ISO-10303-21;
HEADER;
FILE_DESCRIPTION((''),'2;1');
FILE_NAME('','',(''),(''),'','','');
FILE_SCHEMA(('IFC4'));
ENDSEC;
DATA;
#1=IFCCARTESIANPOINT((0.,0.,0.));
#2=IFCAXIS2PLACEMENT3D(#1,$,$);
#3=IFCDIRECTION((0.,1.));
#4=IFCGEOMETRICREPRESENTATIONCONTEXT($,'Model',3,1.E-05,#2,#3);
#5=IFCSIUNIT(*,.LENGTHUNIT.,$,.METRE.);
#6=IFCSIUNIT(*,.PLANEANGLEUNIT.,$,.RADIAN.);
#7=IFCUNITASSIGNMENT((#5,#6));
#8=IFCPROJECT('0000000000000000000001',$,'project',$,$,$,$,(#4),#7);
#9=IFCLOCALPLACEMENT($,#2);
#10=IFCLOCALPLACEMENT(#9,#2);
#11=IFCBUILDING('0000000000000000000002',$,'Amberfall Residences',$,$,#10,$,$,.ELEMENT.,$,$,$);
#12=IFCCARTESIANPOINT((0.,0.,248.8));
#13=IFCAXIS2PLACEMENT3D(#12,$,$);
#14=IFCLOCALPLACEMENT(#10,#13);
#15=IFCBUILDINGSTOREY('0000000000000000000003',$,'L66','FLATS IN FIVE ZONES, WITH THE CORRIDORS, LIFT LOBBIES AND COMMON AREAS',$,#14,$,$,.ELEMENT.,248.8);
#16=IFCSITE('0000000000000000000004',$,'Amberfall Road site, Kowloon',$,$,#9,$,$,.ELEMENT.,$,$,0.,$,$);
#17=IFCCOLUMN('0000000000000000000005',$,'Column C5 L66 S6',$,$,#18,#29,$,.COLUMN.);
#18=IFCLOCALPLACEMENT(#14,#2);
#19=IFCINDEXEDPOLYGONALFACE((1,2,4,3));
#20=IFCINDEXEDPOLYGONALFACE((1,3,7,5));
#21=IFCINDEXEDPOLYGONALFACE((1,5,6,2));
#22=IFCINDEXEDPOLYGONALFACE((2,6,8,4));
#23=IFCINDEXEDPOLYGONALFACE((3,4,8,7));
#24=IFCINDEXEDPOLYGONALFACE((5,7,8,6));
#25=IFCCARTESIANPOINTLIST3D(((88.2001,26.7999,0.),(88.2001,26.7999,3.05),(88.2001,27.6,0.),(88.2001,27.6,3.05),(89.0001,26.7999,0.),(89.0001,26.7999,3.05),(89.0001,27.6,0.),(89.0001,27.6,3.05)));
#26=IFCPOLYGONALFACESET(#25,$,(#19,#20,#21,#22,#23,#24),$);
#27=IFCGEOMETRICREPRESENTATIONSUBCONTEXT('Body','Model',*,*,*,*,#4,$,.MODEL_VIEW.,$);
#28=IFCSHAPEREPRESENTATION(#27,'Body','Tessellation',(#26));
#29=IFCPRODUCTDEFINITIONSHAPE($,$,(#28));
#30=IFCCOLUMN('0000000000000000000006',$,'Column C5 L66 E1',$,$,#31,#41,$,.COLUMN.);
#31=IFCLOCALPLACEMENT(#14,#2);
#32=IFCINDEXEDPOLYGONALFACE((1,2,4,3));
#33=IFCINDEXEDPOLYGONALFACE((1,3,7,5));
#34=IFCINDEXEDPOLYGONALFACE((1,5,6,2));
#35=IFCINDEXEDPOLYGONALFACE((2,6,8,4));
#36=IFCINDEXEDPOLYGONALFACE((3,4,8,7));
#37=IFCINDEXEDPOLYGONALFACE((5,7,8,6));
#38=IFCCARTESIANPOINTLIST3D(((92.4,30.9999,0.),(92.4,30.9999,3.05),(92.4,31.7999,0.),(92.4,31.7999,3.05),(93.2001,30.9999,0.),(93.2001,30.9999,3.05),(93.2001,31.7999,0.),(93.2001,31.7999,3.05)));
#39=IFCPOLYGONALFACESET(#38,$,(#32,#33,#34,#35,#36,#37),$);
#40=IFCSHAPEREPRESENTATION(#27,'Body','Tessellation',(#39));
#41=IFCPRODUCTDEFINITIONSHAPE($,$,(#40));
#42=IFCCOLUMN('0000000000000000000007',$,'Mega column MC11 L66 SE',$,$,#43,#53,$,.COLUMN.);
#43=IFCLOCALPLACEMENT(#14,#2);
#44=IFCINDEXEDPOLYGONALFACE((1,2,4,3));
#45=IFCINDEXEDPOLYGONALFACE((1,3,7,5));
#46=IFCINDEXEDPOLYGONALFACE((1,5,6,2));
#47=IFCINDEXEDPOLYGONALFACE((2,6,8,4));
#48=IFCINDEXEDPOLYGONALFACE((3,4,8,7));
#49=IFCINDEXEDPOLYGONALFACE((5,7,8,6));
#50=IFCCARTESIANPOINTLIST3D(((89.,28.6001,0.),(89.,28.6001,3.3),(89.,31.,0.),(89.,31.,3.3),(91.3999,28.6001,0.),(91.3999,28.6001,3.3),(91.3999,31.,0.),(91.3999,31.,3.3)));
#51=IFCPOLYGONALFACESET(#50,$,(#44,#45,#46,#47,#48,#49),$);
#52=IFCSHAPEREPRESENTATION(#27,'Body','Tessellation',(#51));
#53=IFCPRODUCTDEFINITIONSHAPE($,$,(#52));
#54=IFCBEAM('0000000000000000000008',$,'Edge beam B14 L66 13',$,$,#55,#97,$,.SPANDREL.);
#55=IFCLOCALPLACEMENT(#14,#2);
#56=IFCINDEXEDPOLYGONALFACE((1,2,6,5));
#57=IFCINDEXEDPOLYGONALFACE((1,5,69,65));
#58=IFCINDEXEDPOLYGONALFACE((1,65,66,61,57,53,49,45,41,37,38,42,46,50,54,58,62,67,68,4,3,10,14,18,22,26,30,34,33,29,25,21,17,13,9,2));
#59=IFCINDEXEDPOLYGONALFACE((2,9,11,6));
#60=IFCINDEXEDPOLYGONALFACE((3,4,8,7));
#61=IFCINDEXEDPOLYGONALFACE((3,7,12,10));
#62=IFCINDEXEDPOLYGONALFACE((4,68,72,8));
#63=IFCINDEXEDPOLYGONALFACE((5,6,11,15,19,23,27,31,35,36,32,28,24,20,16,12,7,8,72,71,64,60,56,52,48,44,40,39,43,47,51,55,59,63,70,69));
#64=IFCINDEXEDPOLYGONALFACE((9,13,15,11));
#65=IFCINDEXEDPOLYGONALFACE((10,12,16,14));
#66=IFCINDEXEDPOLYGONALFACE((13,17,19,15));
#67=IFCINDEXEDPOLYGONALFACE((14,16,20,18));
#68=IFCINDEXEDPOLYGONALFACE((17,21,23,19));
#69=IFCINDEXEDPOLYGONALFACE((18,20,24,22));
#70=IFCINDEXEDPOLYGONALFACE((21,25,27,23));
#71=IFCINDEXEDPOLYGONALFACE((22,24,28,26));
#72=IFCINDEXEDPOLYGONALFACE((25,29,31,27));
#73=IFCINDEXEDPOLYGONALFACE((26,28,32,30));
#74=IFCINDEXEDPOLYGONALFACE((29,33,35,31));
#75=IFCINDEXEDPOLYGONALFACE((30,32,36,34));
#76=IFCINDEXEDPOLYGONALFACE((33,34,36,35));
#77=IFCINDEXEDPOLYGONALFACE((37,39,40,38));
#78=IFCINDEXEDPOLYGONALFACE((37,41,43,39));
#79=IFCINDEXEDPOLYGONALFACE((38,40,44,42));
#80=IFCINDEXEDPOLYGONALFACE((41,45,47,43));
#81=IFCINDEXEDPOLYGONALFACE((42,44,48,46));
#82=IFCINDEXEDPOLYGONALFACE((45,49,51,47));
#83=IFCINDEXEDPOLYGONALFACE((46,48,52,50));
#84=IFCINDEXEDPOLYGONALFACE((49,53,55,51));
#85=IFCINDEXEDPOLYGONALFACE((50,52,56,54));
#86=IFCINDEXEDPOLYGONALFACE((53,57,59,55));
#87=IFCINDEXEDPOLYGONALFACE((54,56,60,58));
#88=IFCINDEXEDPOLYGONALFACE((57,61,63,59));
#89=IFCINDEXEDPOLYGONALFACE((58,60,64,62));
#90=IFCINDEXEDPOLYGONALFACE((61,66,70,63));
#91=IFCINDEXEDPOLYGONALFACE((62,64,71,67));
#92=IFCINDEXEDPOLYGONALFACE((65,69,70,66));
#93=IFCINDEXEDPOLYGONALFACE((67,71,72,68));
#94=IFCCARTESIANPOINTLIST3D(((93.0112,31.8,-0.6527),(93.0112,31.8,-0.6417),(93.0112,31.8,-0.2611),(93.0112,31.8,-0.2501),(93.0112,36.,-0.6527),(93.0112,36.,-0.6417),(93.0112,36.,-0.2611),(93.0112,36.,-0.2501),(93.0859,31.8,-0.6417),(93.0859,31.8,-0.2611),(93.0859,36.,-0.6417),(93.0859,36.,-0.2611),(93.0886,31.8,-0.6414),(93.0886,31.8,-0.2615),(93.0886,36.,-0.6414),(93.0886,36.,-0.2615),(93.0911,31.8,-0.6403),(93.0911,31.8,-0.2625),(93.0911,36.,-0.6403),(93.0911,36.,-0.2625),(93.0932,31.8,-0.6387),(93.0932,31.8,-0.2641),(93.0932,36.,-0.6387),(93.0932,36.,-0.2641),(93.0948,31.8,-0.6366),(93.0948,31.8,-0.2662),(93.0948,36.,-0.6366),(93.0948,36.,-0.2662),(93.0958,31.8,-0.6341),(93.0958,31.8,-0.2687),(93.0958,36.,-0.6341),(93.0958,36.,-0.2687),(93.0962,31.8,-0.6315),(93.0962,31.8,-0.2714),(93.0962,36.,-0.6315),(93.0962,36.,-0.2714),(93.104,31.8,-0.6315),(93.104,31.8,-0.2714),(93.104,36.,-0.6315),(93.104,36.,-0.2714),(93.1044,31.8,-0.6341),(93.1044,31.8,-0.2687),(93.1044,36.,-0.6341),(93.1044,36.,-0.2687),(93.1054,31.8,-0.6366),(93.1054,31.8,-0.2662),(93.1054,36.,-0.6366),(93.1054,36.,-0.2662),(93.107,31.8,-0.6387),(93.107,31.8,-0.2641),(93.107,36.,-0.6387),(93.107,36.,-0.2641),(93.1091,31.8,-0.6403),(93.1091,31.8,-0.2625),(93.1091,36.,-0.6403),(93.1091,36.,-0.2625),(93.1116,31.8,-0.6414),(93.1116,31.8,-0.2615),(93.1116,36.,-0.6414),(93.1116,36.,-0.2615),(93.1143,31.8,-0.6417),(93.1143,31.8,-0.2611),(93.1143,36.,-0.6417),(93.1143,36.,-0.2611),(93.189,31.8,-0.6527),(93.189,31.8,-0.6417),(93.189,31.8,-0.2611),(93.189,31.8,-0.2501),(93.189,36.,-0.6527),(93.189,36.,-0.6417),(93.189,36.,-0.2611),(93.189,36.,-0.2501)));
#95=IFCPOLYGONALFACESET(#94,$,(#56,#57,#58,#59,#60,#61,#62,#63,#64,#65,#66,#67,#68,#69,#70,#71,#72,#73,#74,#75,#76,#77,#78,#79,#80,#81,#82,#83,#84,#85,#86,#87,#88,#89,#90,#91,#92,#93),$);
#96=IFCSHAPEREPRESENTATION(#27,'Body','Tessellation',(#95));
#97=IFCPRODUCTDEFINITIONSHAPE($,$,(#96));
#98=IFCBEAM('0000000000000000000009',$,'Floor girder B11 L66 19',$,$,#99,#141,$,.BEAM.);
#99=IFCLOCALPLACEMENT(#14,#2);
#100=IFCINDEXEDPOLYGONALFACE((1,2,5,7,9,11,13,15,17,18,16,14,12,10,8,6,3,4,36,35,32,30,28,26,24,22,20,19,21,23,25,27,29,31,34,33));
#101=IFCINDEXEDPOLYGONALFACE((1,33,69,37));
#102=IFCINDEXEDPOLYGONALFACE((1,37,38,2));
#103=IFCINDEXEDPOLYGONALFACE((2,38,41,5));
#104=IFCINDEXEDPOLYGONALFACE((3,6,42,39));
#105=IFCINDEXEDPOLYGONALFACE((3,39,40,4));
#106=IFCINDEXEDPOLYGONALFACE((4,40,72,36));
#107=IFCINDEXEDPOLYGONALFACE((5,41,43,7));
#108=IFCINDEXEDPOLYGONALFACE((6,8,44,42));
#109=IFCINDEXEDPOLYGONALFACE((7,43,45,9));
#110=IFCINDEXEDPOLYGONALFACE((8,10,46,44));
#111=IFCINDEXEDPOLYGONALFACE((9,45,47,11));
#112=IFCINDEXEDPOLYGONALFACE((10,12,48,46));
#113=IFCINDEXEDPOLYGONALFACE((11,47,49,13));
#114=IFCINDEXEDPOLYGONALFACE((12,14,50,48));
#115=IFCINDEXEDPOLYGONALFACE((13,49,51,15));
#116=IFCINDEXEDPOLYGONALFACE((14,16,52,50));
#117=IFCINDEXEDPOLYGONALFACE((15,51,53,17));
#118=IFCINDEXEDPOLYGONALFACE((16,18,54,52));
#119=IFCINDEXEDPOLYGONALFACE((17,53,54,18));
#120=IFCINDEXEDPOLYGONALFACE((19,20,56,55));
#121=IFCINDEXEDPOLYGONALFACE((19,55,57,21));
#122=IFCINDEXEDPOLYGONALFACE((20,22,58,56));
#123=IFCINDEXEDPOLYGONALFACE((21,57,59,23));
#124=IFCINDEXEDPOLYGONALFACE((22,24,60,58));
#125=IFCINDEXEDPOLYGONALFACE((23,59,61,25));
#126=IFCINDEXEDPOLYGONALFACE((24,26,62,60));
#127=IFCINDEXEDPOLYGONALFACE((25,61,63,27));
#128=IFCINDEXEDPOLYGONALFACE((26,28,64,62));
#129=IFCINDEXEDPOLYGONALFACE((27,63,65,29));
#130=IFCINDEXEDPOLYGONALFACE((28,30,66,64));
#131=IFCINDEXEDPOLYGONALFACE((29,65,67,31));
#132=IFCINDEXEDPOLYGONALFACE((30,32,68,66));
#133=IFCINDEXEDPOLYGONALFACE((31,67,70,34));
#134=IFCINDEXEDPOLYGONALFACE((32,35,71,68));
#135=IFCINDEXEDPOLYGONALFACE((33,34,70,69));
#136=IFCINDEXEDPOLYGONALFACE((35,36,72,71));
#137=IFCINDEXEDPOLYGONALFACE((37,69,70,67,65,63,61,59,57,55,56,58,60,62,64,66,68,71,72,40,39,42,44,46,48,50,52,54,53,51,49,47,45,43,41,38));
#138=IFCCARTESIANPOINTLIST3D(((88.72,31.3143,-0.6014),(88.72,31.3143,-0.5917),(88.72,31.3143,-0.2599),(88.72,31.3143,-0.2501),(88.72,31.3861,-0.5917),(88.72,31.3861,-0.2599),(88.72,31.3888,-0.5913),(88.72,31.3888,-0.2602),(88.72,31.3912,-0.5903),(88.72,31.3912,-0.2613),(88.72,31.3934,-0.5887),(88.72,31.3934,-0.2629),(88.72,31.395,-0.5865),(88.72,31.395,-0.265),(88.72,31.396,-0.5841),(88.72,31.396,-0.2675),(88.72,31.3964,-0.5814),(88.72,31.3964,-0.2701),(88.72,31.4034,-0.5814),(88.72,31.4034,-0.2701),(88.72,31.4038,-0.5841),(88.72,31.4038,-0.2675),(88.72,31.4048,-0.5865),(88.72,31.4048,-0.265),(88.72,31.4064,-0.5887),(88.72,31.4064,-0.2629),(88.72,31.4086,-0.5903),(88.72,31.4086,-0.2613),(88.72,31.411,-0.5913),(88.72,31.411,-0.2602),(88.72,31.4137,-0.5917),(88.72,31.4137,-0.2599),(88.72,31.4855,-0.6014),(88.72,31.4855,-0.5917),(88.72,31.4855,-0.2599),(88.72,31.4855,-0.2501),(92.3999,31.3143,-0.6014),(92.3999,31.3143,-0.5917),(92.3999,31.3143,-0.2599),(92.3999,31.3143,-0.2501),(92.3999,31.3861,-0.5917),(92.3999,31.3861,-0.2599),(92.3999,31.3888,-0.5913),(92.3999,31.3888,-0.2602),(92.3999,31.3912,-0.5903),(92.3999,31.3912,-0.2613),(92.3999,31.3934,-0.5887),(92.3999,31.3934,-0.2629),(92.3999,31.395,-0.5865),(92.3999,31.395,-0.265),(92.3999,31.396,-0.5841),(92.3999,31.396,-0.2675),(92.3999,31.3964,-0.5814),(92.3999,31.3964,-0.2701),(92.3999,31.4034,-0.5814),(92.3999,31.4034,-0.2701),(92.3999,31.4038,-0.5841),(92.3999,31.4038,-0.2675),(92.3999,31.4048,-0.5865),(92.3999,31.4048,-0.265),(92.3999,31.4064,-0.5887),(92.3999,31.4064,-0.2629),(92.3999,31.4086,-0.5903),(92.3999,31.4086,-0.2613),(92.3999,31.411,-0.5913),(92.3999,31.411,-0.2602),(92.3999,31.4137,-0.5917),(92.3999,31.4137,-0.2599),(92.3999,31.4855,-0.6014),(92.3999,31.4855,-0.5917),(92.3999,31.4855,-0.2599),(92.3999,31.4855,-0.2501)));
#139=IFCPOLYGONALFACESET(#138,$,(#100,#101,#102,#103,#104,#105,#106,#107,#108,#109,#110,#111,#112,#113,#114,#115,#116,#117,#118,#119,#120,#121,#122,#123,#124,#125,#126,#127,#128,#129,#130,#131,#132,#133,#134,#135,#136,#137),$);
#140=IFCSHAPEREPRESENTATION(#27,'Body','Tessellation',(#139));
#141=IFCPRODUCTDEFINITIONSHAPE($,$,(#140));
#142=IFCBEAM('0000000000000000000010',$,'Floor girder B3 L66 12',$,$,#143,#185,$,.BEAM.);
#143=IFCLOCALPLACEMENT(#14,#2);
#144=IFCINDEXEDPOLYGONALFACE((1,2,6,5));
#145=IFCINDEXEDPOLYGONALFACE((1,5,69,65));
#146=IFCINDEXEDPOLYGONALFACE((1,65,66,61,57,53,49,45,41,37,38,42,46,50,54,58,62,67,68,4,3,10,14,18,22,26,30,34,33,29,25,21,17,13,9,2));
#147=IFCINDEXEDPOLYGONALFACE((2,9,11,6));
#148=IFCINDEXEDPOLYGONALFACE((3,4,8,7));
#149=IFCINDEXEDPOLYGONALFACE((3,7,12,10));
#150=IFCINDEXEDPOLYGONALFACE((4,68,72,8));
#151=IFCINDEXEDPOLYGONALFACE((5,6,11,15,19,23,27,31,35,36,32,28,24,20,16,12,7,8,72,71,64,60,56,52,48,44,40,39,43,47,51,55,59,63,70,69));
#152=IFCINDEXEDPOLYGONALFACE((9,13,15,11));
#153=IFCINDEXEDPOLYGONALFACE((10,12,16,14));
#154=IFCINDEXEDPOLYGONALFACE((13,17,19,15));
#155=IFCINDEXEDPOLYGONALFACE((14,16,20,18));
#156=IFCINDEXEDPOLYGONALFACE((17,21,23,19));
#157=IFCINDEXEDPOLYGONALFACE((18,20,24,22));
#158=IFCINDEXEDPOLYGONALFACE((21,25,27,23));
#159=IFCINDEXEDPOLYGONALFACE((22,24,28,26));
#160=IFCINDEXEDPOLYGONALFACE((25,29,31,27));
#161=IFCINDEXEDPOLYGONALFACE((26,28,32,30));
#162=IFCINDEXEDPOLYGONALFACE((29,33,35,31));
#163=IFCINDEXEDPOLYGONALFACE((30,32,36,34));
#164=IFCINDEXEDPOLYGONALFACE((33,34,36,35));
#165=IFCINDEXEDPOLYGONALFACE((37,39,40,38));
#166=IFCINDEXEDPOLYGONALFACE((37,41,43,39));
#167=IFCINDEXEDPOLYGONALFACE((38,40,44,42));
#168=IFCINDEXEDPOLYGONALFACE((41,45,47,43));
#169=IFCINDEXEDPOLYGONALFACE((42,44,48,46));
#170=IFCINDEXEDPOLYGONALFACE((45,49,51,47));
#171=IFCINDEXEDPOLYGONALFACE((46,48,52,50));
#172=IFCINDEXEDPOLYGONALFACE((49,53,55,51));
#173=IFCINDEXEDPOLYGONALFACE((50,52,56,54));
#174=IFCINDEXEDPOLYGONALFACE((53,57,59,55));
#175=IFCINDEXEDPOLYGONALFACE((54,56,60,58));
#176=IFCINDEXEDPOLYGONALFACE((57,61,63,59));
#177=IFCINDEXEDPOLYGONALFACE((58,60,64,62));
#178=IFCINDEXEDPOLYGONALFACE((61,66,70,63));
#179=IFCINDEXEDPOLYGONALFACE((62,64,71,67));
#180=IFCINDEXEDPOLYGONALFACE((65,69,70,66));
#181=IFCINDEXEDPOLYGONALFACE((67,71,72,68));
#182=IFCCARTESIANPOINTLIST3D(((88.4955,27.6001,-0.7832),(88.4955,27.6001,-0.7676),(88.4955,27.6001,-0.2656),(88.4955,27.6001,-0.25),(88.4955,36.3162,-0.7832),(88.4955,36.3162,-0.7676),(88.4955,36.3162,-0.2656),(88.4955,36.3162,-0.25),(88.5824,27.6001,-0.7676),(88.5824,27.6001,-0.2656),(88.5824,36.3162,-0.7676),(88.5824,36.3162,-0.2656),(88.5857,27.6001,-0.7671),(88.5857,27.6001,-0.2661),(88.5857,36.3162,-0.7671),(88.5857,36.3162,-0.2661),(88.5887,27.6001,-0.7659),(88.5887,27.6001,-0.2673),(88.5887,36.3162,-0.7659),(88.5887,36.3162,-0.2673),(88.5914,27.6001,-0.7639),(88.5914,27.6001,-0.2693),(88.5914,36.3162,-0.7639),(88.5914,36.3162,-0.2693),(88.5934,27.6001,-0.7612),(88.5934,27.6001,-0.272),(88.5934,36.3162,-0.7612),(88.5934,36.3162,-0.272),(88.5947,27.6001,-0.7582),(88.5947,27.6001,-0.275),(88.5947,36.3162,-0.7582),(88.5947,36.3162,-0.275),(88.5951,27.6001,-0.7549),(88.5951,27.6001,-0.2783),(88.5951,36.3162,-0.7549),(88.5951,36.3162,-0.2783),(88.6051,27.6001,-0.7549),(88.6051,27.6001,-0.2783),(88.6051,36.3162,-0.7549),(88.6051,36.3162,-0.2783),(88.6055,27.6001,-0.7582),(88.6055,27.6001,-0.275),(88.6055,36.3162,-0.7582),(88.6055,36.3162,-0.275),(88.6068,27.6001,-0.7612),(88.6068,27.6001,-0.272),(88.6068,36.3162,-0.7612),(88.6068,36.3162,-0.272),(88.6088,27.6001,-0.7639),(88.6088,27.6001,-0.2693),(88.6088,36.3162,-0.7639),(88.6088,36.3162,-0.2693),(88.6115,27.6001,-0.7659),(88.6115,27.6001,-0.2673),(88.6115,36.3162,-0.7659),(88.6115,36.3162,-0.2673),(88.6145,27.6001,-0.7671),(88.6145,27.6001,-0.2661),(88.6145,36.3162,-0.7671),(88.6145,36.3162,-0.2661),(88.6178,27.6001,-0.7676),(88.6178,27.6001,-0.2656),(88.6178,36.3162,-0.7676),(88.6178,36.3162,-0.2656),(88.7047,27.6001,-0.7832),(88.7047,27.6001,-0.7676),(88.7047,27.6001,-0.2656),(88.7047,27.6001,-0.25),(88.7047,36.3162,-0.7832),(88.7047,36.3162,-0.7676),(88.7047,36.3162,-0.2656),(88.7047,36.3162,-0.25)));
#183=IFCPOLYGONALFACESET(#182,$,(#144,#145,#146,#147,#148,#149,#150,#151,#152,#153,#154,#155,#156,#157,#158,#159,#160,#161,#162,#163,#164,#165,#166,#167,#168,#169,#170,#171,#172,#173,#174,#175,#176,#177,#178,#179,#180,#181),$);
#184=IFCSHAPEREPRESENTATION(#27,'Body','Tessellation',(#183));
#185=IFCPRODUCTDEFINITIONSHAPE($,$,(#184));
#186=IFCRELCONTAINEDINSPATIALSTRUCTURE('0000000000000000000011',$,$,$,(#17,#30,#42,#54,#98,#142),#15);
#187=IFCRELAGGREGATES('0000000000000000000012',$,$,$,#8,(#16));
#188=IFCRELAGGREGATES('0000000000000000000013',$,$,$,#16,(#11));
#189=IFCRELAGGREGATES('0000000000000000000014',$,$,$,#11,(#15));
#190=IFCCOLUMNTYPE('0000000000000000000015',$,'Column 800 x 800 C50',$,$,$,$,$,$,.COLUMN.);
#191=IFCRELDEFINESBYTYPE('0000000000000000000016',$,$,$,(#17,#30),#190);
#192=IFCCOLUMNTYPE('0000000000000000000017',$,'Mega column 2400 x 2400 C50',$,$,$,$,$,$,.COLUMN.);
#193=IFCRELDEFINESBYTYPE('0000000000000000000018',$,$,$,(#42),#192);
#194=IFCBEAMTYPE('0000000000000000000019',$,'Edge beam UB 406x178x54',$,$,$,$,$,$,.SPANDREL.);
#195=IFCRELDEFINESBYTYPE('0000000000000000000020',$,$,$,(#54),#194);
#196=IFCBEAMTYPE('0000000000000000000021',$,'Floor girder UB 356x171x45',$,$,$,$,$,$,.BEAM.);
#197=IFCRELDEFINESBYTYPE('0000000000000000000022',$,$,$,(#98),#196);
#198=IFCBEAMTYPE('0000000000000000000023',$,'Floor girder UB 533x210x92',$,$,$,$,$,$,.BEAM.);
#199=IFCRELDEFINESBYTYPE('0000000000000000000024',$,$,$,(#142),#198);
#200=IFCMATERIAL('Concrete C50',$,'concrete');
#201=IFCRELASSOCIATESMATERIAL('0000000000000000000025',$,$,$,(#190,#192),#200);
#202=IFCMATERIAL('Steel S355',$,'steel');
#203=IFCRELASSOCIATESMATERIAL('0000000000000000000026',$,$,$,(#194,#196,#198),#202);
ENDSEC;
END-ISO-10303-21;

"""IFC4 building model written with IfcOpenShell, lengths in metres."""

from ifc_helpers import new_model, si_unit, direction, frame, origin, origin_2d, place, context, subcontext, project, spatial, rectangle, i_section, extrude, material, material_profile, profile_set, type_object, element, save


model = new_model("IFC4")

# Units and contexts
model_context = context("Model", 3, precision=1e-05, world=origin(), true_north=direction((0.0, 1.0)))
body_context = subcontext(model_context, "Body", "Model", "MODEL_VIEW")
ifc_project = project(units=[si_unit("LENGTHUNIT", "METRE"), si_unit("PLANEANGLEUNIT", "RADIAN")], contexts=[model_context])

# Site, building, storey
site_placement = place(None, origin())
site = spatial("IfcSite", under=ifc_project, at=site_placement, Name="Amberfall Road site, Kowloon", CompositionType="ELEMENT", RefElevation=0.0)
building_placement = place(site_placement, origin())
building = spatial("IfcBuilding", under=site, at=building_placement, Name="Amberfall Residences", CompositionType="ELEMENT")
storey_placement = place(building_placement, frame((0.0, 0.0, 248.8)))
storey = spatial("IfcBuildingStorey", under=building, at=storey_placement, Name="L66", Description="FLATS IN FIVE ZONES, WITH THE CORRIDORS, LIFT LOBBIES AND COMMON AREAS", CompositionType="ELEMENT", Elevation=248.8)

# Columns
ifc_material_1 = material(Name="Concrete C50", Category="concrete")
ifc_material_profile_1 = material_profile(ifc_material_1, rectangle(XDim=0.8, YDim=0.8, at=origin_2d()), Name="Column 800 x 800 C50")
ifc_profile_set_1 = profile_set([ifc_material_profile_1], Name="Concrete C50")
column_type_1 = type_object("IfcColumnType", Name="Column 800 x 800 C50", PredefinedType="COLUMN", material=ifc_profile_set_1)
for number, where, z_axis, x_axis, name in (
    (1, (88.6001, 27.2, 0.0), (0.0, 0.0, 1.0), (1.0, 0.0, 0.0), "Column C5 L66 S6"),
    (2, (92.8, 31.3999, 0.0), (0.0, 0.0, 1.0), (1.0, 0.0, 0.0), "Column C5 L66 E1"),
):
    element("IfcColumn", number, at=place(storey_placement, frame(where, z_axis=z_axis, x_axis=x_axis)), inside=storey, type_object=column_type_1, Name=name, PredefinedType="COLUMN", context=body_context, shape_type="SweptSolid", body=[
        extrude(rectangle(XDim=0.8, YDim=0.8, at=origin_2d()), origin(), (0.0, 0.0, 1.0), 3.05),
    ])
ifc_material_profile_2 = material_profile(ifc_material_1, rectangle(XDim=2.3999, YDim=2.3999, at=origin_2d()), Name="Mega column 2400 x 2400 C50")
ifc_profile_set_2 = profile_set([ifc_material_profile_2], Name="Concrete C50")
column_type_2 = type_object("IfcColumnType", Name="Mega column 2400 x 2400 C50", PredefinedType="COLUMN", material=ifc_profile_set_2)
column_placement = place(storey_placement, frame((90.2, 29.8, 0.0), z_axis=(0.0, 0.0, 1.0), x_axis=(1.0, 0.0, 0.0)))
element("IfcColumn", 3, at=column_placement, inside=storey, type_object=column_type_2, Name="Mega column MC11 L66 SE", PredefinedType="COLUMN", context=body_context, shape_type="SweptSolid", body=[
    extrude(rectangle(XDim=2.3999, YDim=2.3999, at=origin_2d()), origin(), (0.0, 0.0, 1.0), 3.3),
])

# Beams
ifc_material_2 = material(Name="Steel S355", Category="steel")
ifc_material_profile_3 = material_profile(ifc_material_2, i_section(OverallWidth=0.1777, OverallDepth=0.4026, WebThickness=0.0078, FlangeThickness=0.011, FilletRadius=0.0103, at=origin_2d()), Name="UB 406x178x54")
ifc_profile_set_3 = profile_set([ifc_material_profile_3], Name="Steel S355")
beam_type_1 = type_object("IfcBeamType", Name="Edge beam UB 406x178x54", PredefinedType="SPANDREL", material=ifc_profile_set_3)
beam_1_placement = place(storey_placement, frame((93.1001, 31.8, -0.4514), z_axis=(0.0, 1.0, 0.0), x_axis=(-1.0, 0.0, 0.0)))
element("IfcBeam", 4, at=beam_1_placement, inside=storey, type_object=beam_type_1, Name="Edge beam B14 L66 13", PredefinedType="SPANDREL", context=body_context, shape_type="SweptSolid", body=[
    extrude(i_section(OverallWidth=0.1777, OverallDepth=0.4026, WebThickness=0.0078, FlangeThickness=0.011, FilletRadius=0.0103, at=origin_2d()), origin(), (0.0, 0.0, 1.0), 4.2),
])
ifc_material_profile_4 = material_profile(ifc_material_2, i_section(OverallWidth=0.1711, OverallDepth=0.3513, WebThickness=0.0071, FlangeThickness=0.0098, FilletRadius=0.0103, at=origin_2d()), Name="UB 356x171x45")
ifc_profile_set_4 = profile_set([ifc_material_profile_4], Name="Steel S355")
beam_type_2 = type_object("IfcBeamType", Name="Floor girder UB 356x171x45", PredefinedType="BEAM", material=ifc_profile_set_4)
beam_2_placement = place(storey_placement, frame((92.3999, 31.3999, -0.4258), z_axis=(-1.0, 0.0, 0.0), x_axis=(0.0, -1.0, 0.0)))
element("IfcBeam", 5, at=beam_2_placement, inside=storey, type_object=beam_type_2, Name="Floor girder B11 L66 19", PredefinedType="BEAM", context=body_context, shape_type="SweptSolid", body=[
    extrude(i_section(OverallWidth=0.1711, OverallDepth=0.3513, WebThickness=0.0071, FlangeThickness=0.0098, FilletRadius=0.0103, at=origin_2d()), origin(), (0.0, 0.0, 1.0), 3.6799),
])
ifc_material_profile_5 = material_profile(ifc_material_2, i_section(OverallWidth=0.2092, OverallDepth=0.5332, WebThickness=0.01, FlangeThickness=0.0156, FilletRadius=0.0127, at=origin_2d()), Name="UB 533x210x92")
ifc_profile_set_5 = profile_set([ifc_material_profile_5], Name="Steel S355")
beam_type_3 = type_object("IfcBeamType", Name="Floor girder UB 533x210x92", PredefinedType="BEAM", material=ifc_profile_set_5)
beam_3_placement = place(storey_placement, frame((88.6001, 27.6001, -0.5166), z_axis=(0.0, 1.0, 0.0), x_axis=(-1.0, 0.0, 0.0)))
element("IfcBeam", 6, at=beam_3_placement, inside=storey, type_object=beam_type_3, Name="Floor girder B3 L66 12", PredefinedType="BEAM", context=body_context, shape_type="SweptSolid", body=[
    extrude(i_section(OverallWidth=0.2092, OverallDepth=0.5332, WebThickness=0.01, FlangeThickness=0.0156, FilletRadius=0.0127, at=origin_2d()), origin(), (0.0, 0.0, 1.0), 8.7161),
])

save(model, "model.ifc")
